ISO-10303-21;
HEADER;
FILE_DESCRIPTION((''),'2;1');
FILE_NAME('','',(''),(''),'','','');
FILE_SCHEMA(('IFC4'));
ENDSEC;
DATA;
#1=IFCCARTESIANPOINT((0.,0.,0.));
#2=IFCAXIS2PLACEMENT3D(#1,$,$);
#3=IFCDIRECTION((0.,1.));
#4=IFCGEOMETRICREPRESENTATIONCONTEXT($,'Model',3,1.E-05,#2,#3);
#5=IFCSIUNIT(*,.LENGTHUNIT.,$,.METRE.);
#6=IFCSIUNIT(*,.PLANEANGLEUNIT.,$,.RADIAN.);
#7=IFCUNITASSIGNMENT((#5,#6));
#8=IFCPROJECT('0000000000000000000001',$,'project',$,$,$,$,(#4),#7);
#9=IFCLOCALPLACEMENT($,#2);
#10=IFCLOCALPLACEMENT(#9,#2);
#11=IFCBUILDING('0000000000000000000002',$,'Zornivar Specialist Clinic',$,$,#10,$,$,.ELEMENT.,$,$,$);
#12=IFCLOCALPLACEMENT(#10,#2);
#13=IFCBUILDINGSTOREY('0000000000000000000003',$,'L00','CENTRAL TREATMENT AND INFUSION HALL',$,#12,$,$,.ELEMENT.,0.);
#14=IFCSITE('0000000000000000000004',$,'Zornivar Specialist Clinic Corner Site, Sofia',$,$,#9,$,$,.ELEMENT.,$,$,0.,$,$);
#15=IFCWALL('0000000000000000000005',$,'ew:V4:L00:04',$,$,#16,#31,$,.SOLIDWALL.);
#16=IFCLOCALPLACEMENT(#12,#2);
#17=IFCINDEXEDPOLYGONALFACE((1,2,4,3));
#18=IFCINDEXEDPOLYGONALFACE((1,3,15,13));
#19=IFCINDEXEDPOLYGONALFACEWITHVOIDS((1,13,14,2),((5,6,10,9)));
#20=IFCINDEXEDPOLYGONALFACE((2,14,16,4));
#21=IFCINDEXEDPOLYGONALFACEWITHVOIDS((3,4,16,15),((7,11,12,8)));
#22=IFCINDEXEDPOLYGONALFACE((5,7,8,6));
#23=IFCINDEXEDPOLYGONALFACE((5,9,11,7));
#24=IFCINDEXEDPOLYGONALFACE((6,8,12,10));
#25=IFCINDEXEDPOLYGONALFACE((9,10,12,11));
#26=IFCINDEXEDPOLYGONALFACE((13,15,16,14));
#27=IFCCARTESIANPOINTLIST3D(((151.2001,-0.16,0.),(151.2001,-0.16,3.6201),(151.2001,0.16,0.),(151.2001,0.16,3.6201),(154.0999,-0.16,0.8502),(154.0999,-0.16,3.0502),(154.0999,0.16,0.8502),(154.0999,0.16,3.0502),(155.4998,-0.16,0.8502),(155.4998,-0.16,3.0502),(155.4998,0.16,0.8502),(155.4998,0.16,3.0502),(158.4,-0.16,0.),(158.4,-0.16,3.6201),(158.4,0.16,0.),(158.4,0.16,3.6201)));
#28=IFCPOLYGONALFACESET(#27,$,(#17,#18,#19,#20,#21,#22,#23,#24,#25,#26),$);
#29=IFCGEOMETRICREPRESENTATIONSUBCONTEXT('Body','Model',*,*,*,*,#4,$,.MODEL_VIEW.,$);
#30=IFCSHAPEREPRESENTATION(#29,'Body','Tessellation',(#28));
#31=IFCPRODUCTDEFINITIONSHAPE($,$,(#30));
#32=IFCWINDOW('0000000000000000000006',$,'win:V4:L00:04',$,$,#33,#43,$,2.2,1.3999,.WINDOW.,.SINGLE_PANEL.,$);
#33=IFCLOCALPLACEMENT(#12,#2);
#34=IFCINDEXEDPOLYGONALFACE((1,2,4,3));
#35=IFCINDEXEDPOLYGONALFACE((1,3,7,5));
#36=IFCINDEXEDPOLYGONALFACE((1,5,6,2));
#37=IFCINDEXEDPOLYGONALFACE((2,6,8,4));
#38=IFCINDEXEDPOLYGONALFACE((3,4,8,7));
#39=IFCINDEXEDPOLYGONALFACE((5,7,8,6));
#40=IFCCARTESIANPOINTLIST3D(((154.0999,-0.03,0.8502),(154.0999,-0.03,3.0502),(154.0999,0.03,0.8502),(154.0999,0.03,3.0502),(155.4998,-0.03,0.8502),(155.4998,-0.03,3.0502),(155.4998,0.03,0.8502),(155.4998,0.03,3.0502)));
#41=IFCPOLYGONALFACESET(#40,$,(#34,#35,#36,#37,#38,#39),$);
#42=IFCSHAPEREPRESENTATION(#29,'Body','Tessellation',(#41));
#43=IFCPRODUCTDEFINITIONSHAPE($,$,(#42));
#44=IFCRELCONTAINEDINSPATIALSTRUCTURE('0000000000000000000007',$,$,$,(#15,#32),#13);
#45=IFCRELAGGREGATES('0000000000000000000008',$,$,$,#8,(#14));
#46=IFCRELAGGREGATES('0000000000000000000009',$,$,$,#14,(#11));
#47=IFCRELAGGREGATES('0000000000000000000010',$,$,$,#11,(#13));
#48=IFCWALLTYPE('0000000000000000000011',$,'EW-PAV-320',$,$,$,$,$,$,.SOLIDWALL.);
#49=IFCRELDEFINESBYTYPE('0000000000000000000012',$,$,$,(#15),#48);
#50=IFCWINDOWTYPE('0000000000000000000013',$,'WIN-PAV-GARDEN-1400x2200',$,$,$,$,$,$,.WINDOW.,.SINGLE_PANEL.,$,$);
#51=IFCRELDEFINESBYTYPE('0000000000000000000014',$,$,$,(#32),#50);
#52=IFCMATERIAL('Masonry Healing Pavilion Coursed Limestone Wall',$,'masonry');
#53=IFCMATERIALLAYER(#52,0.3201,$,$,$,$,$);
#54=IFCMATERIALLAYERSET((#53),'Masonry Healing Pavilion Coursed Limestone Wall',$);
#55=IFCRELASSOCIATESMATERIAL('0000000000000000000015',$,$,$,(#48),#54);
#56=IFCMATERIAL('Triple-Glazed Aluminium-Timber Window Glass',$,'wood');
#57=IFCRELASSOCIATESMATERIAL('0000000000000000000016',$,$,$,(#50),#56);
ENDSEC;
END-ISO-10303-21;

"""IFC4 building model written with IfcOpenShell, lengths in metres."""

from ifc_helpers import new_model, si_unit, direction, frame, frame_2d, origin, place, context, subcontext, project, spatial, rectangle, extrude, material, layer, layer_set, type_object, element, fill, save


model = new_model("IFC4")

# Units and contexts
model_context = context("Model", 3, precision=1e-05, world=origin(), true_north=direction((0.0, 1.0)))
body_context = subcontext(model_context, "Body", "Model", "MODEL_VIEW")
ifc_project = project(units=[si_unit("LENGTHUNIT", "METRE"), si_unit("PLANEANGLEUNIT", "RADIAN")], contexts=[model_context])

# Site, building, storey
site_placement = place(None, origin())
site = spatial("IfcSite", under=ifc_project, at=site_placement, Name="Zornivar Specialist Clinic Corner Site, Sofia", CompositionType="ELEMENT", RefElevation=0.0)
building_placement = place(site_placement, origin())
building = spatial("IfcBuilding", under=site, at=building_placement, Name="Zornivar Specialist Clinic", CompositionType="ELEMENT")
storey_placement = place(building_placement, origin())
storey = spatial("IfcBuildingStorey", under=building, at=storey_placement, Name="L00", Description="CENTRAL TREATMENT AND INFUSION HALL", CompositionType="ELEMENT", Elevation=0.0)

# Wall, opening, window
ifc_material_1 = material(Name="Masonry Healing Pavilion Coursed Limestone Wall", Category="masonry")
ifc_layer_1 = layer(ifc_material_1, 0.3201)
ifc_layer_set_1 = layer_set([ifc_layer_1], Name="Masonry Healing Pavilion Coursed Limestone Wall")
wall_type = type_object("IfcWallType", Name="EW-PAV-320", PredefinedType="SOLIDWALL", material=ifc_layer_set_1)
wall_placement = place(storey_placement, frame((151.2, 0.0, 0.0), z_axis=(0.0, 0.0, 1.0), x_axis=(1.0, 0.0, 0.0)))
wall = element("IfcWall", 1, at=wall_placement, inside=storey, type_object=wall_type, Name="ew:V4:L00:04", PredefinedType="SOLIDWALL", context=body_context, shape_type="SweptSolid", body=[
    extrude(rectangle(XDim=7.2, YDim=0.3201, at=frame_2d((3.6001, 0.0))), origin(), (0.0, 0.0, 1.0), 3.6201),
])
opening_placement = place(wall_placement, frame((2.8999, 0.0, 0.8501)))
opening = element("IfcOpeningElement", 2, at=opening_placement, cuts=wall, PredefinedType="OPENING", context=body_context, shape_type="SweptSolid", body=[
    extrude(rectangle(XDim=1.3999, YDim=2.2, at=frame_2d((0.7, 1.1001))), frame((0.0, 0.1699, 0.0), z_axis=(0.0, -1.0, 0.0), x_axis=(1.0, 0.0, 0.0)), (0.0, 0.0, 1.0), 0.3401),
])
ifc_material_2 = material(Name="Triple-Glazed Aluminium-Timber Window Glass", Category="wood")
window_type = type_object("IfcWindowType", Name="WIN-PAV-GARDEN-1400x2200", PartitioningType="SINGLE_PANEL", PredefinedType="WINDOW", material=ifc_material_2)
window_placement = place(opening_placement, origin())
window = element("IfcWindow", 3, at=window_placement, inside=storey, type_object=window_type, Name="win:V4:L00:04", OverallHeight=2.2, OverallWidth=1.3999, PartitioningType="SINGLE_PANEL", PredefinedType="WINDOW", context=body_context, shape_type="SweptSolid", body=[
    extrude(rectangle(XDim=1.3999, YDim=2.2, at=frame_2d((0.7, 1.1001))), frame((0.0, 0.03, 0.0), z_axis=(0.0, -1.0, 0.0), x_axis=(1.0, 0.0, 0.0)), (0.0, 0.0, 1.0), 0.0601),
])
fill(opening, window)

save(model, "model.ifc")
